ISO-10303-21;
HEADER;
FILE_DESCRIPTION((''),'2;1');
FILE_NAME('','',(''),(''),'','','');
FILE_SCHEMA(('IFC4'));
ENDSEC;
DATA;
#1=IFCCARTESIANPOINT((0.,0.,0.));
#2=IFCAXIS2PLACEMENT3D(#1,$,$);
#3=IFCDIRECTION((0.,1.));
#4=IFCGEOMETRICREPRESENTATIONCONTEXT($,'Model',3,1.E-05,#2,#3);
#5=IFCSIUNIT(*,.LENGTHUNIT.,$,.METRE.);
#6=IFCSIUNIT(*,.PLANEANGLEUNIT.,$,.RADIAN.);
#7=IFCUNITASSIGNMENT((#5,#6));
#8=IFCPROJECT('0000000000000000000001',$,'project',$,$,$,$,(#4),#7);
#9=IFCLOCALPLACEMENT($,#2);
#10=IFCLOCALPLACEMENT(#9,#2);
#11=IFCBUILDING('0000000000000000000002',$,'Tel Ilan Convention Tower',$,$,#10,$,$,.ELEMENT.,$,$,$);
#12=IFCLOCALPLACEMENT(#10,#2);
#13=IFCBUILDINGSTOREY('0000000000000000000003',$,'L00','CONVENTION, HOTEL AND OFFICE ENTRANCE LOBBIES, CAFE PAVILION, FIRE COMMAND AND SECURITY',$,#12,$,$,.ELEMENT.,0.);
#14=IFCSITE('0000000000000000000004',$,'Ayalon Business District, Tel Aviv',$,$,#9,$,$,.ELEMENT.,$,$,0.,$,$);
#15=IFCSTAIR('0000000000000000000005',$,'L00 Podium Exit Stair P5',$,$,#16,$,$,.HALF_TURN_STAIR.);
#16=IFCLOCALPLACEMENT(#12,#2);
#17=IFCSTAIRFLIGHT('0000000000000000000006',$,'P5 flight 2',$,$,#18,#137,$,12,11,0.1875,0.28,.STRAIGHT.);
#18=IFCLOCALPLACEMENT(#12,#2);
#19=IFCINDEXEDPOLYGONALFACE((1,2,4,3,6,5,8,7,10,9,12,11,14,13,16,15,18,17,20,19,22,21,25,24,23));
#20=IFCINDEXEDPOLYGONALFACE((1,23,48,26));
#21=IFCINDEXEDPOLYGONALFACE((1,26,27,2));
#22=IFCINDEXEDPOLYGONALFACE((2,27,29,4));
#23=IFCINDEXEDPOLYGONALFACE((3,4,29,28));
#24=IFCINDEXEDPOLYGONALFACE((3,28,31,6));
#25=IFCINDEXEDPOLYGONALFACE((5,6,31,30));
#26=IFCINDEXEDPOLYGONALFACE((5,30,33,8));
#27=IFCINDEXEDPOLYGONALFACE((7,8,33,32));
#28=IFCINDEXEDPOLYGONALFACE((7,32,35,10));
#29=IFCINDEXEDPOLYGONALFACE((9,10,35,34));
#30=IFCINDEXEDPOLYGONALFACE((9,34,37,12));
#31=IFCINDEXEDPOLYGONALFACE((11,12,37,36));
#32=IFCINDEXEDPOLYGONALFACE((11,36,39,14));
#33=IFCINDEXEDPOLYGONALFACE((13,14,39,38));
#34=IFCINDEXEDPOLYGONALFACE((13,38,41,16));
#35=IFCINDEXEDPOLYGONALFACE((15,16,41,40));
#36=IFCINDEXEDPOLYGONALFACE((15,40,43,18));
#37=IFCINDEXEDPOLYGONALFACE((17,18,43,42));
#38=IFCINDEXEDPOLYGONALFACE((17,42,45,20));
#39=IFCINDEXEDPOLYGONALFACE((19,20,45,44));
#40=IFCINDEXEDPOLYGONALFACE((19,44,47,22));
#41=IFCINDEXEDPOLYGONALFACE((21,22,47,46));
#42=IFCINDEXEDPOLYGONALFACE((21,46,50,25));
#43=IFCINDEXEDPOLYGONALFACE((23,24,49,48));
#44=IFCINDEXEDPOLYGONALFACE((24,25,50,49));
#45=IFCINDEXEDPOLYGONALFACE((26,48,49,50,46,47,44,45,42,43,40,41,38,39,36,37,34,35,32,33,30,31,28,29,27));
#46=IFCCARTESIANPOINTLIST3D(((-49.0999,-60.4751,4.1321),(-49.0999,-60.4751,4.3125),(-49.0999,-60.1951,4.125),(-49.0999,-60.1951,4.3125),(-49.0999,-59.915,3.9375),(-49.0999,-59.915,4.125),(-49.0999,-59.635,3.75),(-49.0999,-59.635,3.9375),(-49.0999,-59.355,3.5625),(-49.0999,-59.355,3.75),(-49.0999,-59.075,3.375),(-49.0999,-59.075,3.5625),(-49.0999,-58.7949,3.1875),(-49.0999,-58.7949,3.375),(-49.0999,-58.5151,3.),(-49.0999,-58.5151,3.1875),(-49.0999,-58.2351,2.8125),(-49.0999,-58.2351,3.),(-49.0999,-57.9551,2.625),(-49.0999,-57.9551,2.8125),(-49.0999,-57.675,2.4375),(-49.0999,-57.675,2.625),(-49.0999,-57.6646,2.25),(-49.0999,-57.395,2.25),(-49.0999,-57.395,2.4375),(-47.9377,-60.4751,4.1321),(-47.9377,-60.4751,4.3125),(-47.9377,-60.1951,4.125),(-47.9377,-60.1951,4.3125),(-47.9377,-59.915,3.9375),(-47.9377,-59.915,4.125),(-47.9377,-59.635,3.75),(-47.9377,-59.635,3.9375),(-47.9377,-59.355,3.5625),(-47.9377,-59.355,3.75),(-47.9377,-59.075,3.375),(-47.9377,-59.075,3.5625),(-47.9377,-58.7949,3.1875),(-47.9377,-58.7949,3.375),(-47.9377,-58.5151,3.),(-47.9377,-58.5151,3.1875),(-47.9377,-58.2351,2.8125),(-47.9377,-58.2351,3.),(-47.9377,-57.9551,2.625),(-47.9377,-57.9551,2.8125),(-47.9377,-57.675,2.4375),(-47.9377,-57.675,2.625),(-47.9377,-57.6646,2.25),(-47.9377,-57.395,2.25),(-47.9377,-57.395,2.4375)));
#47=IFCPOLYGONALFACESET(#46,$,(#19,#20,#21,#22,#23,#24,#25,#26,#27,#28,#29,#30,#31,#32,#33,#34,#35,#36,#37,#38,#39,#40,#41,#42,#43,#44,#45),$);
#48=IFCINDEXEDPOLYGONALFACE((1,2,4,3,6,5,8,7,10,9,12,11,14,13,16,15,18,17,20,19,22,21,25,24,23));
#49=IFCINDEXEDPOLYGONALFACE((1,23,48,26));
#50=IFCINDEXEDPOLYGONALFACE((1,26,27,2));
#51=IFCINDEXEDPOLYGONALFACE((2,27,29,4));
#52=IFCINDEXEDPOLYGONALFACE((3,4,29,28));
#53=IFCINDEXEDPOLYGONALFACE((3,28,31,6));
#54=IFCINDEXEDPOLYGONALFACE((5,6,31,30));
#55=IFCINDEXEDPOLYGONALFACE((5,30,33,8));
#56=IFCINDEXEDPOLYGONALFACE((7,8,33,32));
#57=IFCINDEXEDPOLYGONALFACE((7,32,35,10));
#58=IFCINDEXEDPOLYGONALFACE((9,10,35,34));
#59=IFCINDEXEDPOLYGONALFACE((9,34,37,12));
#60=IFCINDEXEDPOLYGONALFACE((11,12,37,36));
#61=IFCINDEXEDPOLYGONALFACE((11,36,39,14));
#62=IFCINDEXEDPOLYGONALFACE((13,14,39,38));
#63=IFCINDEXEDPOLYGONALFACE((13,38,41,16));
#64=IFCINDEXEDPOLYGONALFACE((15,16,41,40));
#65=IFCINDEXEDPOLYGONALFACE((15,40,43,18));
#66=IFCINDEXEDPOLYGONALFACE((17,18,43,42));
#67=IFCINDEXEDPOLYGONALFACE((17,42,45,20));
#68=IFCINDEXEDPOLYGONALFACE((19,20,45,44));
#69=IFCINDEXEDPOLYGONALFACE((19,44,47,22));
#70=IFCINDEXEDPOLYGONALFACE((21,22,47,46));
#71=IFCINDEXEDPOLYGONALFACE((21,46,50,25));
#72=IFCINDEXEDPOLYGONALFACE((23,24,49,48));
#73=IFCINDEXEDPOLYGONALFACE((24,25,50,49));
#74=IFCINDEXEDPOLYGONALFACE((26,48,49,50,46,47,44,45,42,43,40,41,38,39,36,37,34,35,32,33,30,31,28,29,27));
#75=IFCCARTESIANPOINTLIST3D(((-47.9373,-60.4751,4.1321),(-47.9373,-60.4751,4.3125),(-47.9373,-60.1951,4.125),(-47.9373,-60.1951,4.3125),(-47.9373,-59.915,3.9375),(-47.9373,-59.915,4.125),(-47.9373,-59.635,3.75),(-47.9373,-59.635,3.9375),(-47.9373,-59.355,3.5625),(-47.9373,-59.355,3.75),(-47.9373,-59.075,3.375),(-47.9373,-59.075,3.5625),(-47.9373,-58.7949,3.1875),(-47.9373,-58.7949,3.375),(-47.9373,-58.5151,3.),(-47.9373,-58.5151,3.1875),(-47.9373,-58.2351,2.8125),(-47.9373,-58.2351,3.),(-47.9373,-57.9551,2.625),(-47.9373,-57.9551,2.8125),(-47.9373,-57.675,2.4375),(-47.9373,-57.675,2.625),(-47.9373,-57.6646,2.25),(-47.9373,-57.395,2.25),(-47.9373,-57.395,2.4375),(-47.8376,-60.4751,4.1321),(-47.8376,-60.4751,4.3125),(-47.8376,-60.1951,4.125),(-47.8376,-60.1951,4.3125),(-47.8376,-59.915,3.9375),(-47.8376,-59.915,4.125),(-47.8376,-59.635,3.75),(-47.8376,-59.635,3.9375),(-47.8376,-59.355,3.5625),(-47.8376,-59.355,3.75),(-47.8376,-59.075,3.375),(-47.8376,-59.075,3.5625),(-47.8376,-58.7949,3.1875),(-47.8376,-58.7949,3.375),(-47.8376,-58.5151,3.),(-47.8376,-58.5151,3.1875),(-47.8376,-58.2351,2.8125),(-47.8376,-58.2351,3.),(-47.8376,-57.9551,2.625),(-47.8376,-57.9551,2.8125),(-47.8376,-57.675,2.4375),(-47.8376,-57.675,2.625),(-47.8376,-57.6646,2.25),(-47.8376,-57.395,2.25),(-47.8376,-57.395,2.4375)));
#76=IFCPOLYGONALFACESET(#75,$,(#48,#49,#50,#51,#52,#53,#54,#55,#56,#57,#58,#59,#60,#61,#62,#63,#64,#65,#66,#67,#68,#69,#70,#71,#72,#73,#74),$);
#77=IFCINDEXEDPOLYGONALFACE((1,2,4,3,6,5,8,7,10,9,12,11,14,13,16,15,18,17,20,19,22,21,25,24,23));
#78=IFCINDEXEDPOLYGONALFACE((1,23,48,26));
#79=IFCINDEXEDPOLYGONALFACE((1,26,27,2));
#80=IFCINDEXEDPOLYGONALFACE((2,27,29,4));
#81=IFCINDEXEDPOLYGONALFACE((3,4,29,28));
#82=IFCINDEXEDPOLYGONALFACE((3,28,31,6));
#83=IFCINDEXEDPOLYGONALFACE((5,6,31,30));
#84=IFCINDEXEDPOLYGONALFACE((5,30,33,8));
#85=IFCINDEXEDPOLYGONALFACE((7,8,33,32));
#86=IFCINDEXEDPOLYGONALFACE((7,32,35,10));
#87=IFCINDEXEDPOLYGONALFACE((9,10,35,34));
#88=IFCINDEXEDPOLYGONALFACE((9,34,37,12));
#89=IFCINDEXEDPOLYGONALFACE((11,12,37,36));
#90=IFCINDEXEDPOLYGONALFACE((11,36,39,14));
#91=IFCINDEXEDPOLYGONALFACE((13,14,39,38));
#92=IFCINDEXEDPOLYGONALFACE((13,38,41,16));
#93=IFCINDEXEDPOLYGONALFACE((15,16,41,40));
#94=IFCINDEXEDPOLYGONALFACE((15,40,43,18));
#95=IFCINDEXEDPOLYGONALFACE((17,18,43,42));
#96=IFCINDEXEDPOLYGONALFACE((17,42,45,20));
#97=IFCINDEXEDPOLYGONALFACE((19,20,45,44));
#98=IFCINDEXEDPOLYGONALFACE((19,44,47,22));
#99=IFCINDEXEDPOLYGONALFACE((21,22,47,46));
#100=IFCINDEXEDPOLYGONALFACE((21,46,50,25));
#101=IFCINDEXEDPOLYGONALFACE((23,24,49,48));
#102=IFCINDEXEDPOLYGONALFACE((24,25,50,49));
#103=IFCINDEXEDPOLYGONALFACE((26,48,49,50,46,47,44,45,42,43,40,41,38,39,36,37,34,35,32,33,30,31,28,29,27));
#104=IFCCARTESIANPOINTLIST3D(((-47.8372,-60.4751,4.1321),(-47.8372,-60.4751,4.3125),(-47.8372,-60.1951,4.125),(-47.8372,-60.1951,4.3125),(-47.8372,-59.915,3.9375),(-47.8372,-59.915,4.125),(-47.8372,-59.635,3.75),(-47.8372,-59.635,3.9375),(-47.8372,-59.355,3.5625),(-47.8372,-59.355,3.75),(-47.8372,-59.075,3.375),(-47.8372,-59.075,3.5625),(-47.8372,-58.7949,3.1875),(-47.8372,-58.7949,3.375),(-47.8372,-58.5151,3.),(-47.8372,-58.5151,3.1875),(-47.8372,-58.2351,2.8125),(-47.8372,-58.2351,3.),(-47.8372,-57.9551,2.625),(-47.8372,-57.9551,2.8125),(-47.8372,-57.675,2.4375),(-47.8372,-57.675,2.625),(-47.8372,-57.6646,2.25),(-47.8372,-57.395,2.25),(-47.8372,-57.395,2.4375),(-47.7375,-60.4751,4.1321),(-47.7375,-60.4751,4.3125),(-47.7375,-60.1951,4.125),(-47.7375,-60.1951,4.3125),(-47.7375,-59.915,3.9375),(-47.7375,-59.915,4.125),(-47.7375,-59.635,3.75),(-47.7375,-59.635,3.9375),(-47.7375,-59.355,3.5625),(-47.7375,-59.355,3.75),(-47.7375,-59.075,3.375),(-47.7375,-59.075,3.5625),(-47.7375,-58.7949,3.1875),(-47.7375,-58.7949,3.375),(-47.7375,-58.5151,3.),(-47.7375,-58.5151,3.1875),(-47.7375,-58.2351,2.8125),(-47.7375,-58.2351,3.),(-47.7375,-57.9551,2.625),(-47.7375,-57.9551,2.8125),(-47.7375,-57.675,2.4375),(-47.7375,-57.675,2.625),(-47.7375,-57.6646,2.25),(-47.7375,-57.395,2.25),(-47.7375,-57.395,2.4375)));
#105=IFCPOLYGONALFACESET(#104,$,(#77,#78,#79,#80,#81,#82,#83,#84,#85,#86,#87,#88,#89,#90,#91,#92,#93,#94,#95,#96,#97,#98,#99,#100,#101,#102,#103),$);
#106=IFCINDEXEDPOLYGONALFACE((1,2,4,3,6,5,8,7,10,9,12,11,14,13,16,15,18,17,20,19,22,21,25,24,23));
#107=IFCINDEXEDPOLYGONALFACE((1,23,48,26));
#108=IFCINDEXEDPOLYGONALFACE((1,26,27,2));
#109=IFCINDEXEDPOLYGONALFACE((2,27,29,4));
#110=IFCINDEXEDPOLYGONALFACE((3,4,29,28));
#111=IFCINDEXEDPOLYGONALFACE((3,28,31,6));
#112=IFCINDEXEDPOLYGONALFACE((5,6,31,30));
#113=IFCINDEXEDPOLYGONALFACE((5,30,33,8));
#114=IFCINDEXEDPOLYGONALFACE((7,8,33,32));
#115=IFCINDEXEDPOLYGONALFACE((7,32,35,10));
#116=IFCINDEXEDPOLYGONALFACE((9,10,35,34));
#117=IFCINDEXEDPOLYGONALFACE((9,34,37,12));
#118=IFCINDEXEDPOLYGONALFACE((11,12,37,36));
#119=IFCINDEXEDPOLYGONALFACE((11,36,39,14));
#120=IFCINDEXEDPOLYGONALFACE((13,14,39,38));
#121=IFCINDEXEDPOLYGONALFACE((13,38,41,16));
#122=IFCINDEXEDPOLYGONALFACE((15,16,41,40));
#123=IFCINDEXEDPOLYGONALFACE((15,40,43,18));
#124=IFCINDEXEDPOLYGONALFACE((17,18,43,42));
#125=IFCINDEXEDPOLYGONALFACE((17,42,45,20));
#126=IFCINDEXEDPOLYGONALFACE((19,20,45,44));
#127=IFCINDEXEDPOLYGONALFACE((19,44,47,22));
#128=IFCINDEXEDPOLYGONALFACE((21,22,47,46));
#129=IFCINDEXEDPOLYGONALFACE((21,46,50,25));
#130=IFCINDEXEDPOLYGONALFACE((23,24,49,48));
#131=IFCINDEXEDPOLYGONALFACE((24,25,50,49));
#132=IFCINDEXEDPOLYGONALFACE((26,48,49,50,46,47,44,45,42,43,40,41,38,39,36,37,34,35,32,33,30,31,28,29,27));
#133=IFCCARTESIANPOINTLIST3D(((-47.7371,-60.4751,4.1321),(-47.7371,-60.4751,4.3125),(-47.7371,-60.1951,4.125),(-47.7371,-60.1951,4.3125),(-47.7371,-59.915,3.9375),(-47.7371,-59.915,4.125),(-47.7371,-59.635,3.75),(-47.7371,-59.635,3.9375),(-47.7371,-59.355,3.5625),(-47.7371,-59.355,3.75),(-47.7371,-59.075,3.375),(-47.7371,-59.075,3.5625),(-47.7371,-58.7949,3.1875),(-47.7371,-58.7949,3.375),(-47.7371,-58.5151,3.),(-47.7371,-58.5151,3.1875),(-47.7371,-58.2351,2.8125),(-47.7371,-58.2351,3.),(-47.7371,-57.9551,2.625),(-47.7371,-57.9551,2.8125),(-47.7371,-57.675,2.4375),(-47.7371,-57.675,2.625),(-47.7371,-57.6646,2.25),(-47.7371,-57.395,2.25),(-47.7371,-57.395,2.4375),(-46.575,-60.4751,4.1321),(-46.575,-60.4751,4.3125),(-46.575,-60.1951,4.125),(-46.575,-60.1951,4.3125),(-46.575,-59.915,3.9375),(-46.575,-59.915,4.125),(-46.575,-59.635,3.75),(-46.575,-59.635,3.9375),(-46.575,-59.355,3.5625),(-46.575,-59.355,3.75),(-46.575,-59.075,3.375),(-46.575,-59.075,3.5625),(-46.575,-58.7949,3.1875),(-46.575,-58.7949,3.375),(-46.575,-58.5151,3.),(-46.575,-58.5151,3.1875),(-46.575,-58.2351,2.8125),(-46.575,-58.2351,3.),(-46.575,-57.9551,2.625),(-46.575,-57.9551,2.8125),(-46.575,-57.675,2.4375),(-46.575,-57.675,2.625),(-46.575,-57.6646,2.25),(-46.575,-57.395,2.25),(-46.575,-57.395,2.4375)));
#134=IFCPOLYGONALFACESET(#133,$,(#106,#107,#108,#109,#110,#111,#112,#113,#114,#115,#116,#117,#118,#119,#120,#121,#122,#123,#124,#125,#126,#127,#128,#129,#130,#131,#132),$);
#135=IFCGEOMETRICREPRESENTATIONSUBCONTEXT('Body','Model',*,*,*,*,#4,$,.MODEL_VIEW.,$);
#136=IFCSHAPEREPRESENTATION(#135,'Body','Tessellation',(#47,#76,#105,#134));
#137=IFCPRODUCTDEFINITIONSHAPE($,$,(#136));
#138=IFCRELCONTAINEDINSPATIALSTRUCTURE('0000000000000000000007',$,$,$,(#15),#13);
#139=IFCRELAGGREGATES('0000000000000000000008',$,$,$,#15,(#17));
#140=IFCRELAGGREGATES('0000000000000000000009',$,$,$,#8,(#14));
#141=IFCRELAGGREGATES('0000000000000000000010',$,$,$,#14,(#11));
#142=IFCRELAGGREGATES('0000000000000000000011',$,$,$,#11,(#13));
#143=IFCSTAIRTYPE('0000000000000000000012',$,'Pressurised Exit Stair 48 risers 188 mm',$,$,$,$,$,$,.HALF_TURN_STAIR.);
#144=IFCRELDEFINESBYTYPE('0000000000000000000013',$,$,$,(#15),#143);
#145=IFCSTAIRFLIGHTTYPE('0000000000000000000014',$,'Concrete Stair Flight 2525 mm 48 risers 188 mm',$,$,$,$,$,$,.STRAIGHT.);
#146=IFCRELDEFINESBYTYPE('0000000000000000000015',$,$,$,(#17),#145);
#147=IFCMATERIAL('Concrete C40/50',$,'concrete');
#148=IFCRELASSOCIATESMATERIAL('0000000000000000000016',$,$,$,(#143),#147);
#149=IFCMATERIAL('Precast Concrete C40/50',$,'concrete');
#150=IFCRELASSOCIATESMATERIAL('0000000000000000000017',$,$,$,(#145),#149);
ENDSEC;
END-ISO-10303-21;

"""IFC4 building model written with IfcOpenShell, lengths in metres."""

from ifc_helpers import new_model, si_unit, direction, frame, origin, place, context, subcontext, project, spatial, polyline, outline, extrude, material, type_object, element, aggregate, save


model = new_model("IFC4")

# Units and contexts
model_context = context("Model", 3, precision=1e-05, world=origin(), true_north=direction((0.0, 1.0)))
body_context = subcontext(model_context, "Body", "Model", "MODEL_VIEW")
ifc_project = project(units=[si_unit("LENGTHUNIT", "METRE"), si_unit("PLANEANGLEUNIT", "RADIAN")], contexts=[model_context])

# Site, building, storey
site_placement = place(None, origin())
site = spatial("IfcSite", under=ifc_project, at=site_placement, Name="Ayalon Business District, Tel Aviv", CompositionType="ELEMENT", RefElevation=0.0)
building_placement = place(site_placement, origin())
building = spatial("IfcBuilding", under=site, at=building_placement, Name="Tel Ilan Convention Tower", CompositionType="ELEMENT")
storey_placement = place(building_placement, origin())
storey = spatial("IfcBuildingStorey", under=building, at=storey_placement, Name="L00", Description="CONVENTION, HOTEL AND OFFICE ENTRANCE LOBBIES, CAFE PAVILION, FIRE COMMAND AND SECURITY", CompositionType="ELEMENT", Elevation=0.0)

# Stair, stair flight
ifc_material_1 = material(Name="Concrete C40/50", Category="concrete")
stair_type = type_object("IfcStairType", Name="Pressurised Exit Stair 48 risers 188 mm", PredefinedType="HALF_TURN_STAIR", material=ifc_material_1)
stair_1_placement = place(storey_placement, origin())
stair_1 = element("IfcStair", 1, at=stair_1_placement, inside=storey, type_object=stair_type, Name="L00 Podium Exit Stair P5", PredefinedType="HALF_TURN_STAIR")
ifc_material_2 = material(Name="Precast Concrete C40/50", Category="concrete")
stair_flight_type = type_object("IfcStairFlightType", Name="Concrete Stair Flight 2525 mm 48 risers 188 mm", PredefinedType="STRAIGHT", material=ifc_material_2)
stair_flight_1_placement = place(storey_placement, frame((-47.8374, -57.395, 2.25), z_axis=(0.0, 0.0, 1.0), x_axis=(0.0, -1.0, 0.0)))
stair_flight_1 = element("IfcStairFlight", 2, at=stair_flight_1_placement, type_object=stair_flight_type, Name="P5 flight 2", NumberOfRisers=12, NumberOfTreads=11, PredefinedType="STRAIGHT", RiserHeight=0.1875, TreadLength=0.28, context=body_context, shape_type="SweptSolid", body=[
    extrude(outline(polyline([(0.0, 0.0), (0.0, 0.1875), (0.28, 0.1875), (0.28, 0.375), (0.5601, 0.375), (0.5601, 0.5625), (0.8401, 0.5625), (0.8401, 0.75), (1.1201, 0.75), (1.1201, 0.9375), (1.3999, 0.9375), (1.3999, 1.125), (1.6799, 1.125), (1.6799, 1.3125), (1.96, 1.3125), (1.96, 1.5), (2.24, 1.5), (2.24, 1.6875), (2.52, 1.6875), (2.52, 1.875), (2.8, 1.875), (2.8, 2.0625), (3.0801, 2.0625), (3.0801, 2.25), (3.0801, 1.8821), (0.2695, 0.0), (0.0, 0.0)])), frame((0.0, -0.1003, 0.0), z_axis=(0.0, -1.0, 0.0), x_axis=(1.0, 0.0, 0.0)), (0.0, 0.0, 1.0), 1.1621),
    extrude(outline(polyline([(0.0, 0.0), (0.0, 0.1875), (0.28, 0.1875), (0.28, 0.375), (0.5601, 0.375), (0.5601, 0.5625), (0.8401, 0.5625), (0.8401, 0.75), (1.1201, 0.75), (1.1201, 0.9375), (1.3999, 0.9375), (1.3999, 1.125), (1.6799, 1.125), (1.6799, 1.3125), (1.96, 1.3125), (1.96, 1.5), (2.24, 1.5), (2.24, 1.6875), (2.52, 1.6875), (2.52, 1.875), (2.8, 1.875), (2.8, 2.0625), (3.0801, 2.0625), (3.0801, 2.25), (3.0801, 1.8821), (0.2695, 0.0), (0.0, 0.0)])), frame((0.0, -0.0002, 0.0), z_axis=(0.0, -1.0, 0.0), x_axis=(1.0, 0.0, 0.0)), (0.0, 0.0, 1.0), 0.0996),
    extrude(outline(polyline([(0.0, 0.0), (0.0, 0.1875), (0.28, 0.1875), (0.28, 0.375), (0.5601, 0.375), (0.5601, 0.5625), (0.8401, 0.5625), (0.8401, 0.75), (1.1201, 0.75), (1.1201, 0.9375), (1.3999, 0.9375), (1.3999, 1.125), (1.6799, 1.125), (1.6799, 1.3125), (1.96, 1.3125), (1.96, 1.5), (2.24, 1.5), (2.24, 1.6875), (2.52, 1.6875), (2.52, 1.875), (2.8, 1.875), (2.8, 2.0625), (3.0801, 2.0625), (3.0801, 2.25), (3.0801, 1.8821), (0.2695, 0.0), (0.0, 0.0)])), frame((0.0, 0.0999, 0.0), z_axis=(0.0, -1.0, 0.0), x_axis=(1.0, 0.0, 0.0)), (0.0, 0.0, 1.0), 0.0996),
    extrude(outline(polyline([(0.0, 0.0), (0.0, 0.1875), (0.28, 0.1875), (0.28, 0.375), (0.5601, 0.375), (0.5601, 0.5625), (0.8401, 0.5625), (0.8401, 0.75), (1.1201, 0.75), (1.1201, 0.9375), (1.3999, 0.9375), (1.3999, 1.125), (1.6799, 1.125), (1.6799, 1.3125), (1.96, 1.3125), (1.96, 1.5), (2.24, 1.5), (2.24, 1.6875), (2.52, 1.6875), (2.52, 1.875), (2.8, 1.875), (2.8, 2.0625), (3.0801, 2.0625), (3.0801, 2.25), (3.0801, 1.8821), (0.2695, 0.0), (0.0, 0.0)])), frame((0.0, 1.2625, 0.0), z_axis=(0.0, -1.0, 0.0), x_axis=(1.0, 0.0, 0.0)), (0.0, 0.0, 1.0), 1.1621),
])
aggregate(stair_1, [stair_flight_1])

save(model, "model.ifc")
